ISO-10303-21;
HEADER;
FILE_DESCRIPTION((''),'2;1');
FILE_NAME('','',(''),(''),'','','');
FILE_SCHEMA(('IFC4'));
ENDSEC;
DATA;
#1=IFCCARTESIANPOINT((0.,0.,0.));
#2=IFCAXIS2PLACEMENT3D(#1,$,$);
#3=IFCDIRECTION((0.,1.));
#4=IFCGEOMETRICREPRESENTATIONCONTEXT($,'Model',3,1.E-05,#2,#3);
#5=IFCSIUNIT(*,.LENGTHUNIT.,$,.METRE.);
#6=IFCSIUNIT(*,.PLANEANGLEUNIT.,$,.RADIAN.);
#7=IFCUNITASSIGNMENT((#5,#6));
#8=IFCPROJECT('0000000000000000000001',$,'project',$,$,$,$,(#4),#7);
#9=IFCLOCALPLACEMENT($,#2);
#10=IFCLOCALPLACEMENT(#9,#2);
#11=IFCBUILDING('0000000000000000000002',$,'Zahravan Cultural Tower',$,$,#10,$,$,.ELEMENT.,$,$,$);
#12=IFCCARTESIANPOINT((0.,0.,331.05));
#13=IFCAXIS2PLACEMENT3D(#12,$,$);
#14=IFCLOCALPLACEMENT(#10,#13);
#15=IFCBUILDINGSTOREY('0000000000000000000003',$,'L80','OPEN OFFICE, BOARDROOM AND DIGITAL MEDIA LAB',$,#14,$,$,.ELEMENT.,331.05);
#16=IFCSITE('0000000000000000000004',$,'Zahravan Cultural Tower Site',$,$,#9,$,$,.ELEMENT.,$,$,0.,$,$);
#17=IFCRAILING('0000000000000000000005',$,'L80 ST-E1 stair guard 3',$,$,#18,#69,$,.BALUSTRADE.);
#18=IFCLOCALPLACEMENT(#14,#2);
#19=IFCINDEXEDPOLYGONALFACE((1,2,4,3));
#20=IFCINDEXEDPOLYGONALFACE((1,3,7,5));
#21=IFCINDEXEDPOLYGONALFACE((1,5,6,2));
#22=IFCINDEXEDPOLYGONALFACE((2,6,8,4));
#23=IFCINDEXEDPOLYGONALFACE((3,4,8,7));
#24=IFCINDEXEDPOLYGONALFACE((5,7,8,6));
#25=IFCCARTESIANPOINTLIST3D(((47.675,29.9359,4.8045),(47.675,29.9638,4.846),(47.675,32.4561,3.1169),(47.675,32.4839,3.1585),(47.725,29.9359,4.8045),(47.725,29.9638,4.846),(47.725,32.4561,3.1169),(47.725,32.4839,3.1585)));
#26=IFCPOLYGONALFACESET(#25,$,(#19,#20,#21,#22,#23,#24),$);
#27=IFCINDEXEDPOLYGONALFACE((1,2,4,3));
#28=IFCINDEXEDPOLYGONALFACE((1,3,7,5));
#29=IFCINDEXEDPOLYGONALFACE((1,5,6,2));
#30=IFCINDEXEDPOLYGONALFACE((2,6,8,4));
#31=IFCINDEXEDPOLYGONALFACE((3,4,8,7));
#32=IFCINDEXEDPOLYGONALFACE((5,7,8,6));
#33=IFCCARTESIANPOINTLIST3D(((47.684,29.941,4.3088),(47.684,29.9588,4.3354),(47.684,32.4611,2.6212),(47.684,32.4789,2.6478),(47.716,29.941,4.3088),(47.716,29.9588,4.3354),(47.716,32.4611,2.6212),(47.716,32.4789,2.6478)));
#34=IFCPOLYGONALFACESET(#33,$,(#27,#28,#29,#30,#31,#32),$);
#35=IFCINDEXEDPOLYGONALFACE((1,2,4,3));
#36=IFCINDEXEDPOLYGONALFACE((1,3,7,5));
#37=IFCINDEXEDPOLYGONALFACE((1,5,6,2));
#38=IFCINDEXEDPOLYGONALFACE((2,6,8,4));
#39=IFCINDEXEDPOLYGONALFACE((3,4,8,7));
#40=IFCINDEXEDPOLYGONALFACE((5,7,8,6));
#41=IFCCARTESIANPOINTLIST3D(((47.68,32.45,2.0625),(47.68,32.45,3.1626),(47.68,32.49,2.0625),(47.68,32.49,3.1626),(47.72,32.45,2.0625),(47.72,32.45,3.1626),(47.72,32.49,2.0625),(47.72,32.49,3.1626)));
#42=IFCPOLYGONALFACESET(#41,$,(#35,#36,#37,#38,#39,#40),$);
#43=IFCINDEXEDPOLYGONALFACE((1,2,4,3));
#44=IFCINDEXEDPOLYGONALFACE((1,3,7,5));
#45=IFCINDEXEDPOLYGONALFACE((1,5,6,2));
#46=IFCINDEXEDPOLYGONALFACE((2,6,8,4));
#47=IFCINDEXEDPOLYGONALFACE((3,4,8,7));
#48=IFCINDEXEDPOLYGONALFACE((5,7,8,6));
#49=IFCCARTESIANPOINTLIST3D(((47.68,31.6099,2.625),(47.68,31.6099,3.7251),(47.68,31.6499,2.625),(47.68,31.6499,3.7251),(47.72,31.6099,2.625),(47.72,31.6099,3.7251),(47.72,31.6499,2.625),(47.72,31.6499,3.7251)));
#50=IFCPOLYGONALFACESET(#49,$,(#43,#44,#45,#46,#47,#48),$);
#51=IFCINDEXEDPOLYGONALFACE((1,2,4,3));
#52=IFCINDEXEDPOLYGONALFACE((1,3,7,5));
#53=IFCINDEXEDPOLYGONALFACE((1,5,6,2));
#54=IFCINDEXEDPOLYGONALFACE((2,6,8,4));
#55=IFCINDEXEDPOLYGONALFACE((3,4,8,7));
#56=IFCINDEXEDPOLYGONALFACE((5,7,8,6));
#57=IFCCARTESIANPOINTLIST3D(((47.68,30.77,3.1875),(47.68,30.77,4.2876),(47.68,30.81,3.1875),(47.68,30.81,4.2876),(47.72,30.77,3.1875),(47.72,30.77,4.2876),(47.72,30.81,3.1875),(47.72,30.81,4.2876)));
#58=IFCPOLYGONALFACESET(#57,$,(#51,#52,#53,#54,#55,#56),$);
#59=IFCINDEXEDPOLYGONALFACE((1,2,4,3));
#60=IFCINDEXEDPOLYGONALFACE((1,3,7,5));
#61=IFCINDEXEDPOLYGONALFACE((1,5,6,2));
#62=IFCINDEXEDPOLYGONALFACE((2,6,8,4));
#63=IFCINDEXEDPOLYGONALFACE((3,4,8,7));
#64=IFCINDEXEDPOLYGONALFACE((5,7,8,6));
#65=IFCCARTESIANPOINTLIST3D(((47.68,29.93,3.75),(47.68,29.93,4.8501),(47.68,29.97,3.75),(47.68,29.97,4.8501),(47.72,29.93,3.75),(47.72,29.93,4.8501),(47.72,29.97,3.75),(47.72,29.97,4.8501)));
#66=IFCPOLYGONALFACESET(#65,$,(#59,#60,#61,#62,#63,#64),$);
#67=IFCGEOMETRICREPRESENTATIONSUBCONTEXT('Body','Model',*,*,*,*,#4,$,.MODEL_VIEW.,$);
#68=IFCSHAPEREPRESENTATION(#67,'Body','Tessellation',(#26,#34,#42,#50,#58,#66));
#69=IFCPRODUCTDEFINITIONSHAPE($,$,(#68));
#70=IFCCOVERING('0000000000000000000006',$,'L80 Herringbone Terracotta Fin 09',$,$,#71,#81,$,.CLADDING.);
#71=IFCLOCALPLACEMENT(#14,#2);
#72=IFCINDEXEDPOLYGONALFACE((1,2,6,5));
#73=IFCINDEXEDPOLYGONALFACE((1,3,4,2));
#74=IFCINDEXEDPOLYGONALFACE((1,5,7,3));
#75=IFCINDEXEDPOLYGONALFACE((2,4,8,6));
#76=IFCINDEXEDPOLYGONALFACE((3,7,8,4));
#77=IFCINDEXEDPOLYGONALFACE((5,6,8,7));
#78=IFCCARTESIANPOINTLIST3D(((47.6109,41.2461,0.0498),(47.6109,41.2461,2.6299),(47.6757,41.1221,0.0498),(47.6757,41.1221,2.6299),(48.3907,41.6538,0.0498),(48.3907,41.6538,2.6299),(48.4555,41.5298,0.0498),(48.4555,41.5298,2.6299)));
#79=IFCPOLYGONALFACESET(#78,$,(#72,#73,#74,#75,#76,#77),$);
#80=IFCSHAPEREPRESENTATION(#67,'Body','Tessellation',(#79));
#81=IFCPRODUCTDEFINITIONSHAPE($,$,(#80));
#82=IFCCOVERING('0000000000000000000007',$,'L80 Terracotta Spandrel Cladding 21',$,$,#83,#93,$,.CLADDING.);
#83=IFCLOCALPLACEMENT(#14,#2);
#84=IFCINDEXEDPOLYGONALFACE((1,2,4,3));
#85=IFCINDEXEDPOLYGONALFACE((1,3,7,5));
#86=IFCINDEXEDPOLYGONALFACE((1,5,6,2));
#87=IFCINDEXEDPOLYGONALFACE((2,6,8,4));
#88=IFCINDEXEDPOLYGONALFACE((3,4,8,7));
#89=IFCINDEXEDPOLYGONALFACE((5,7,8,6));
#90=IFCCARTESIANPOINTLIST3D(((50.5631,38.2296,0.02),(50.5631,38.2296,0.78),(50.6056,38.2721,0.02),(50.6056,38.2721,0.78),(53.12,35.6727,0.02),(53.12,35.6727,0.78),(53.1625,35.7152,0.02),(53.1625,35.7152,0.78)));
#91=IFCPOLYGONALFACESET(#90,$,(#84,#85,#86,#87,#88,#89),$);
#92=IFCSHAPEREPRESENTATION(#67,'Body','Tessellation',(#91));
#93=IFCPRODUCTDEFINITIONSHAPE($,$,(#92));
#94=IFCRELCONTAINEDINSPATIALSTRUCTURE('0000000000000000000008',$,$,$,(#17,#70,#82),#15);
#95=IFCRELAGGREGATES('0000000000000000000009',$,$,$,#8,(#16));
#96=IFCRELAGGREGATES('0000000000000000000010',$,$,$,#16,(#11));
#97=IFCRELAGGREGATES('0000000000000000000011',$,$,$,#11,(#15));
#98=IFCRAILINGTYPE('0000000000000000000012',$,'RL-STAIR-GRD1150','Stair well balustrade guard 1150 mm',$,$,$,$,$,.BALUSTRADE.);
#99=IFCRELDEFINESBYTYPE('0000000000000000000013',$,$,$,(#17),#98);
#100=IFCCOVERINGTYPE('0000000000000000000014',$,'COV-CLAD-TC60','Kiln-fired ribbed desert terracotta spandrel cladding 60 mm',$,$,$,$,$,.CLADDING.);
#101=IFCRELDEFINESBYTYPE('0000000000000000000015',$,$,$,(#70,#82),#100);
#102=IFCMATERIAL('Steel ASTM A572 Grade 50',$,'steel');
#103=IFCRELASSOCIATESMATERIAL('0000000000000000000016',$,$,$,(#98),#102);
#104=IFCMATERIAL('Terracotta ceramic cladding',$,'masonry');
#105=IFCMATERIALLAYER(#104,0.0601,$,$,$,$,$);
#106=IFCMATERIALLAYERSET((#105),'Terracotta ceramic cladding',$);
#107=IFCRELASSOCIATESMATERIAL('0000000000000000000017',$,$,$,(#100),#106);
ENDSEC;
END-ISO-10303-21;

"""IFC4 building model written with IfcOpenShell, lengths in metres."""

from ifc_helpers import new_model, si_unit, direction, frame, origin, origin_2d, place, context, subcontext, project, spatial, rectangle, extrude, source, transform, mapped, material, layer, layer_set, type_object, element, save


model = new_model("IFC4")

# Units and contexts
model_context = context("Model", 3, precision=1e-05, world=origin(), true_north=direction((0.0, 1.0)))
body_context = subcontext(model_context, "Body", "Model", "MODEL_VIEW")
ifc_project = project(units=[si_unit("LENGTHUNIT", "METRE"), si_unit("PLANEANGLEUNIT", "RADIAN")], contexts=[model_context])

# Site, building, storey
site_placement = place(None, origin())
site = spatial("IfcSite", under=ifc_project, at=site_placement, Name="Zahravan Cultural Tower Site", CompositionType="ELEMENT", RefElevation=0.0)
building_placement = place(site_placement, origin())
building = spatial("IfcBuilding", under=site, at=building_placement, Name="Zahravan Cultural Tower", CompositionType="ELEMENT")
storey_placement = place(building_placement, frame((0.0, 0.0, 331.05)))
storey = spatial("IfcBuildingStorey", under=building, at=storey_placement, Name="L80", Description="OPEN OFFICE, BOARDROOM AND DIGITAL MEDIA LAB", CompositionType="ELEMENT", Elevation=331.05)

# Railing
ifc_material_1 = material(Name="Steel ASTM A572 Grade 50", Category="steel")
railing_type = type_object("IfcRailingType", Name="RL-STAIR-GRD1150", Description="Stair well balustrade guard 1150 mm", PredefinedType="BALUSTRADE", material=ifc_material_1)
railing_1_placement = place(storey_placement, frame((47.7, 32.47, 2.0625)))
element("IfcRailing", 1, at=railing_1_placement, inside=storey, type_object=railing_type, Name="L80 ST-E1 stair guard 3", PredefinedType="BALUSTRADE", context=body_context, shape_type="SweptSolid", body=[
    extrude(rectangle(XDim=0.05, YDim=0.05, at=origin_2d()), frame((0.0, 0.0, 1.0752), z_axis=(0.0, -0.830909, 0.556408), x_axis=(1.0, 0.0, 0.0)), (0.0, 0.0, 1.0), 3.033),
    extrude(rectangle(XDim=0.032, YDim=0.032, at=origin_2d()), frame((0.0, 0.0, 0.572), z_axis=(0.0, -0.830909, 0.556408), x_axis=(1.0, 0.0, 0.0)), (0.0, 0.0, 1.0), 3.033),
    extrude(rectangle(XDim=0.04, YDim=0.04, at=origin_2d()), origin(), (0.0, 0.0, 1.0), 1.1001),
    extrude(rectangle(XDim=0.04, YDim=0.04, at=origin_2d()), frame((0.0, -0.8401, 0.5625)), (0.0, 0.0, 1.0), 1.1001),
    extrude(rectangle(XDim=0.04, YDim=0.04, at=origin_2d()), frame((0.0, -1.6799, 1.125)), (0.0, 0.0, 1.0), 1.1001),
    extrude(rectangle(XDim=0.04, YDim=0.04, at=origin_2d()), frame((0.0, -2.52, 1.6875)), (0.0, 0.0, 1.0), 1.1001),
])

# Coverings
ifc_material_2 = material(Name="Terracotta ceramic cladding", Category="masonry")
ifc_layer_1 = layer(ifc_material_2, 0.0601)
ifc_layer_set_1 = layer_set([ifc_layer_1], Name="Terracotta ceramic cladding")
covering_type = type_object("IfcCoveringType", Name="COV-CLAD-TC60", Description="Kiln-fired ribbed desert terracotta spandrel cladding 60 mm", PredefinedType="CLADDING", material=ifc_layer_set_1)
shared_shape_1 = source(origin(), body_context, "Body", "SweptSolid", [
    extrude(rectangle(XDim=0.8799, YDim=0.1399, at=origin_2d()), origin(), (0.0, 0.0, 1.0), 2.5801),
])
covering_1_placement = place(storey_placement, frame((48.0332, 41.3879, 0.0498), z_axis=(0.0, 0.0, 1.0), x_axis=(0.886195, 0.463312, 0.0)))
element("IfcCovering", 2, at=covering_1_placement, inside=storey, type_object=covering_type, Name="L80 Herringbone Terracotta Fin 09", PredefinedType="CLADDING", context=body_context, shape_type="MappedRepresentation", body=[
    mapped(shared_shape_1, transform((0.0, 0.0, 0.0), x_axis=(1.0, 0.0, 0.0), y_axis=(0.0, 1.0, 0.0), z_axis=(0.0, 0.0, 1.0), scale=1.0)),
])
shared_shape_2 = source(origin(), body_context, "Body", "SweptSolid", [
    extrude(rectangle(XDim=3.616, YDim=0.0601, at=origin_2d()), origin(), (0.0, 0.0, 1.0), 0.76),
])
covering_2_placement = place(storey_placement, frame((51.8628, 36.9724, 0.02), z_axis=(0.0, 0.0, 1.0), x_axis=(0.707107, -0.707107, 0.0)))
element("IfcCovering", 3, at=covering_2_placement, inside=storey, type_object=covering_type, Name="L80 Terracotta Spandrel Cladding 21", PredefinedType="CLADDING", context=body_context, shape_type="MappedRepresentation", body=[
    mapped(shared_shape_2, transform((0.0, 0.0, 0.0), x_axis=(1.0, 0.0, 0.0), y_axis=(0.0, 1.0, 0.0), z_axis=(0.0, 0.0, 1.0), scale=1.0)),
])

save(model, "model.ifc")
